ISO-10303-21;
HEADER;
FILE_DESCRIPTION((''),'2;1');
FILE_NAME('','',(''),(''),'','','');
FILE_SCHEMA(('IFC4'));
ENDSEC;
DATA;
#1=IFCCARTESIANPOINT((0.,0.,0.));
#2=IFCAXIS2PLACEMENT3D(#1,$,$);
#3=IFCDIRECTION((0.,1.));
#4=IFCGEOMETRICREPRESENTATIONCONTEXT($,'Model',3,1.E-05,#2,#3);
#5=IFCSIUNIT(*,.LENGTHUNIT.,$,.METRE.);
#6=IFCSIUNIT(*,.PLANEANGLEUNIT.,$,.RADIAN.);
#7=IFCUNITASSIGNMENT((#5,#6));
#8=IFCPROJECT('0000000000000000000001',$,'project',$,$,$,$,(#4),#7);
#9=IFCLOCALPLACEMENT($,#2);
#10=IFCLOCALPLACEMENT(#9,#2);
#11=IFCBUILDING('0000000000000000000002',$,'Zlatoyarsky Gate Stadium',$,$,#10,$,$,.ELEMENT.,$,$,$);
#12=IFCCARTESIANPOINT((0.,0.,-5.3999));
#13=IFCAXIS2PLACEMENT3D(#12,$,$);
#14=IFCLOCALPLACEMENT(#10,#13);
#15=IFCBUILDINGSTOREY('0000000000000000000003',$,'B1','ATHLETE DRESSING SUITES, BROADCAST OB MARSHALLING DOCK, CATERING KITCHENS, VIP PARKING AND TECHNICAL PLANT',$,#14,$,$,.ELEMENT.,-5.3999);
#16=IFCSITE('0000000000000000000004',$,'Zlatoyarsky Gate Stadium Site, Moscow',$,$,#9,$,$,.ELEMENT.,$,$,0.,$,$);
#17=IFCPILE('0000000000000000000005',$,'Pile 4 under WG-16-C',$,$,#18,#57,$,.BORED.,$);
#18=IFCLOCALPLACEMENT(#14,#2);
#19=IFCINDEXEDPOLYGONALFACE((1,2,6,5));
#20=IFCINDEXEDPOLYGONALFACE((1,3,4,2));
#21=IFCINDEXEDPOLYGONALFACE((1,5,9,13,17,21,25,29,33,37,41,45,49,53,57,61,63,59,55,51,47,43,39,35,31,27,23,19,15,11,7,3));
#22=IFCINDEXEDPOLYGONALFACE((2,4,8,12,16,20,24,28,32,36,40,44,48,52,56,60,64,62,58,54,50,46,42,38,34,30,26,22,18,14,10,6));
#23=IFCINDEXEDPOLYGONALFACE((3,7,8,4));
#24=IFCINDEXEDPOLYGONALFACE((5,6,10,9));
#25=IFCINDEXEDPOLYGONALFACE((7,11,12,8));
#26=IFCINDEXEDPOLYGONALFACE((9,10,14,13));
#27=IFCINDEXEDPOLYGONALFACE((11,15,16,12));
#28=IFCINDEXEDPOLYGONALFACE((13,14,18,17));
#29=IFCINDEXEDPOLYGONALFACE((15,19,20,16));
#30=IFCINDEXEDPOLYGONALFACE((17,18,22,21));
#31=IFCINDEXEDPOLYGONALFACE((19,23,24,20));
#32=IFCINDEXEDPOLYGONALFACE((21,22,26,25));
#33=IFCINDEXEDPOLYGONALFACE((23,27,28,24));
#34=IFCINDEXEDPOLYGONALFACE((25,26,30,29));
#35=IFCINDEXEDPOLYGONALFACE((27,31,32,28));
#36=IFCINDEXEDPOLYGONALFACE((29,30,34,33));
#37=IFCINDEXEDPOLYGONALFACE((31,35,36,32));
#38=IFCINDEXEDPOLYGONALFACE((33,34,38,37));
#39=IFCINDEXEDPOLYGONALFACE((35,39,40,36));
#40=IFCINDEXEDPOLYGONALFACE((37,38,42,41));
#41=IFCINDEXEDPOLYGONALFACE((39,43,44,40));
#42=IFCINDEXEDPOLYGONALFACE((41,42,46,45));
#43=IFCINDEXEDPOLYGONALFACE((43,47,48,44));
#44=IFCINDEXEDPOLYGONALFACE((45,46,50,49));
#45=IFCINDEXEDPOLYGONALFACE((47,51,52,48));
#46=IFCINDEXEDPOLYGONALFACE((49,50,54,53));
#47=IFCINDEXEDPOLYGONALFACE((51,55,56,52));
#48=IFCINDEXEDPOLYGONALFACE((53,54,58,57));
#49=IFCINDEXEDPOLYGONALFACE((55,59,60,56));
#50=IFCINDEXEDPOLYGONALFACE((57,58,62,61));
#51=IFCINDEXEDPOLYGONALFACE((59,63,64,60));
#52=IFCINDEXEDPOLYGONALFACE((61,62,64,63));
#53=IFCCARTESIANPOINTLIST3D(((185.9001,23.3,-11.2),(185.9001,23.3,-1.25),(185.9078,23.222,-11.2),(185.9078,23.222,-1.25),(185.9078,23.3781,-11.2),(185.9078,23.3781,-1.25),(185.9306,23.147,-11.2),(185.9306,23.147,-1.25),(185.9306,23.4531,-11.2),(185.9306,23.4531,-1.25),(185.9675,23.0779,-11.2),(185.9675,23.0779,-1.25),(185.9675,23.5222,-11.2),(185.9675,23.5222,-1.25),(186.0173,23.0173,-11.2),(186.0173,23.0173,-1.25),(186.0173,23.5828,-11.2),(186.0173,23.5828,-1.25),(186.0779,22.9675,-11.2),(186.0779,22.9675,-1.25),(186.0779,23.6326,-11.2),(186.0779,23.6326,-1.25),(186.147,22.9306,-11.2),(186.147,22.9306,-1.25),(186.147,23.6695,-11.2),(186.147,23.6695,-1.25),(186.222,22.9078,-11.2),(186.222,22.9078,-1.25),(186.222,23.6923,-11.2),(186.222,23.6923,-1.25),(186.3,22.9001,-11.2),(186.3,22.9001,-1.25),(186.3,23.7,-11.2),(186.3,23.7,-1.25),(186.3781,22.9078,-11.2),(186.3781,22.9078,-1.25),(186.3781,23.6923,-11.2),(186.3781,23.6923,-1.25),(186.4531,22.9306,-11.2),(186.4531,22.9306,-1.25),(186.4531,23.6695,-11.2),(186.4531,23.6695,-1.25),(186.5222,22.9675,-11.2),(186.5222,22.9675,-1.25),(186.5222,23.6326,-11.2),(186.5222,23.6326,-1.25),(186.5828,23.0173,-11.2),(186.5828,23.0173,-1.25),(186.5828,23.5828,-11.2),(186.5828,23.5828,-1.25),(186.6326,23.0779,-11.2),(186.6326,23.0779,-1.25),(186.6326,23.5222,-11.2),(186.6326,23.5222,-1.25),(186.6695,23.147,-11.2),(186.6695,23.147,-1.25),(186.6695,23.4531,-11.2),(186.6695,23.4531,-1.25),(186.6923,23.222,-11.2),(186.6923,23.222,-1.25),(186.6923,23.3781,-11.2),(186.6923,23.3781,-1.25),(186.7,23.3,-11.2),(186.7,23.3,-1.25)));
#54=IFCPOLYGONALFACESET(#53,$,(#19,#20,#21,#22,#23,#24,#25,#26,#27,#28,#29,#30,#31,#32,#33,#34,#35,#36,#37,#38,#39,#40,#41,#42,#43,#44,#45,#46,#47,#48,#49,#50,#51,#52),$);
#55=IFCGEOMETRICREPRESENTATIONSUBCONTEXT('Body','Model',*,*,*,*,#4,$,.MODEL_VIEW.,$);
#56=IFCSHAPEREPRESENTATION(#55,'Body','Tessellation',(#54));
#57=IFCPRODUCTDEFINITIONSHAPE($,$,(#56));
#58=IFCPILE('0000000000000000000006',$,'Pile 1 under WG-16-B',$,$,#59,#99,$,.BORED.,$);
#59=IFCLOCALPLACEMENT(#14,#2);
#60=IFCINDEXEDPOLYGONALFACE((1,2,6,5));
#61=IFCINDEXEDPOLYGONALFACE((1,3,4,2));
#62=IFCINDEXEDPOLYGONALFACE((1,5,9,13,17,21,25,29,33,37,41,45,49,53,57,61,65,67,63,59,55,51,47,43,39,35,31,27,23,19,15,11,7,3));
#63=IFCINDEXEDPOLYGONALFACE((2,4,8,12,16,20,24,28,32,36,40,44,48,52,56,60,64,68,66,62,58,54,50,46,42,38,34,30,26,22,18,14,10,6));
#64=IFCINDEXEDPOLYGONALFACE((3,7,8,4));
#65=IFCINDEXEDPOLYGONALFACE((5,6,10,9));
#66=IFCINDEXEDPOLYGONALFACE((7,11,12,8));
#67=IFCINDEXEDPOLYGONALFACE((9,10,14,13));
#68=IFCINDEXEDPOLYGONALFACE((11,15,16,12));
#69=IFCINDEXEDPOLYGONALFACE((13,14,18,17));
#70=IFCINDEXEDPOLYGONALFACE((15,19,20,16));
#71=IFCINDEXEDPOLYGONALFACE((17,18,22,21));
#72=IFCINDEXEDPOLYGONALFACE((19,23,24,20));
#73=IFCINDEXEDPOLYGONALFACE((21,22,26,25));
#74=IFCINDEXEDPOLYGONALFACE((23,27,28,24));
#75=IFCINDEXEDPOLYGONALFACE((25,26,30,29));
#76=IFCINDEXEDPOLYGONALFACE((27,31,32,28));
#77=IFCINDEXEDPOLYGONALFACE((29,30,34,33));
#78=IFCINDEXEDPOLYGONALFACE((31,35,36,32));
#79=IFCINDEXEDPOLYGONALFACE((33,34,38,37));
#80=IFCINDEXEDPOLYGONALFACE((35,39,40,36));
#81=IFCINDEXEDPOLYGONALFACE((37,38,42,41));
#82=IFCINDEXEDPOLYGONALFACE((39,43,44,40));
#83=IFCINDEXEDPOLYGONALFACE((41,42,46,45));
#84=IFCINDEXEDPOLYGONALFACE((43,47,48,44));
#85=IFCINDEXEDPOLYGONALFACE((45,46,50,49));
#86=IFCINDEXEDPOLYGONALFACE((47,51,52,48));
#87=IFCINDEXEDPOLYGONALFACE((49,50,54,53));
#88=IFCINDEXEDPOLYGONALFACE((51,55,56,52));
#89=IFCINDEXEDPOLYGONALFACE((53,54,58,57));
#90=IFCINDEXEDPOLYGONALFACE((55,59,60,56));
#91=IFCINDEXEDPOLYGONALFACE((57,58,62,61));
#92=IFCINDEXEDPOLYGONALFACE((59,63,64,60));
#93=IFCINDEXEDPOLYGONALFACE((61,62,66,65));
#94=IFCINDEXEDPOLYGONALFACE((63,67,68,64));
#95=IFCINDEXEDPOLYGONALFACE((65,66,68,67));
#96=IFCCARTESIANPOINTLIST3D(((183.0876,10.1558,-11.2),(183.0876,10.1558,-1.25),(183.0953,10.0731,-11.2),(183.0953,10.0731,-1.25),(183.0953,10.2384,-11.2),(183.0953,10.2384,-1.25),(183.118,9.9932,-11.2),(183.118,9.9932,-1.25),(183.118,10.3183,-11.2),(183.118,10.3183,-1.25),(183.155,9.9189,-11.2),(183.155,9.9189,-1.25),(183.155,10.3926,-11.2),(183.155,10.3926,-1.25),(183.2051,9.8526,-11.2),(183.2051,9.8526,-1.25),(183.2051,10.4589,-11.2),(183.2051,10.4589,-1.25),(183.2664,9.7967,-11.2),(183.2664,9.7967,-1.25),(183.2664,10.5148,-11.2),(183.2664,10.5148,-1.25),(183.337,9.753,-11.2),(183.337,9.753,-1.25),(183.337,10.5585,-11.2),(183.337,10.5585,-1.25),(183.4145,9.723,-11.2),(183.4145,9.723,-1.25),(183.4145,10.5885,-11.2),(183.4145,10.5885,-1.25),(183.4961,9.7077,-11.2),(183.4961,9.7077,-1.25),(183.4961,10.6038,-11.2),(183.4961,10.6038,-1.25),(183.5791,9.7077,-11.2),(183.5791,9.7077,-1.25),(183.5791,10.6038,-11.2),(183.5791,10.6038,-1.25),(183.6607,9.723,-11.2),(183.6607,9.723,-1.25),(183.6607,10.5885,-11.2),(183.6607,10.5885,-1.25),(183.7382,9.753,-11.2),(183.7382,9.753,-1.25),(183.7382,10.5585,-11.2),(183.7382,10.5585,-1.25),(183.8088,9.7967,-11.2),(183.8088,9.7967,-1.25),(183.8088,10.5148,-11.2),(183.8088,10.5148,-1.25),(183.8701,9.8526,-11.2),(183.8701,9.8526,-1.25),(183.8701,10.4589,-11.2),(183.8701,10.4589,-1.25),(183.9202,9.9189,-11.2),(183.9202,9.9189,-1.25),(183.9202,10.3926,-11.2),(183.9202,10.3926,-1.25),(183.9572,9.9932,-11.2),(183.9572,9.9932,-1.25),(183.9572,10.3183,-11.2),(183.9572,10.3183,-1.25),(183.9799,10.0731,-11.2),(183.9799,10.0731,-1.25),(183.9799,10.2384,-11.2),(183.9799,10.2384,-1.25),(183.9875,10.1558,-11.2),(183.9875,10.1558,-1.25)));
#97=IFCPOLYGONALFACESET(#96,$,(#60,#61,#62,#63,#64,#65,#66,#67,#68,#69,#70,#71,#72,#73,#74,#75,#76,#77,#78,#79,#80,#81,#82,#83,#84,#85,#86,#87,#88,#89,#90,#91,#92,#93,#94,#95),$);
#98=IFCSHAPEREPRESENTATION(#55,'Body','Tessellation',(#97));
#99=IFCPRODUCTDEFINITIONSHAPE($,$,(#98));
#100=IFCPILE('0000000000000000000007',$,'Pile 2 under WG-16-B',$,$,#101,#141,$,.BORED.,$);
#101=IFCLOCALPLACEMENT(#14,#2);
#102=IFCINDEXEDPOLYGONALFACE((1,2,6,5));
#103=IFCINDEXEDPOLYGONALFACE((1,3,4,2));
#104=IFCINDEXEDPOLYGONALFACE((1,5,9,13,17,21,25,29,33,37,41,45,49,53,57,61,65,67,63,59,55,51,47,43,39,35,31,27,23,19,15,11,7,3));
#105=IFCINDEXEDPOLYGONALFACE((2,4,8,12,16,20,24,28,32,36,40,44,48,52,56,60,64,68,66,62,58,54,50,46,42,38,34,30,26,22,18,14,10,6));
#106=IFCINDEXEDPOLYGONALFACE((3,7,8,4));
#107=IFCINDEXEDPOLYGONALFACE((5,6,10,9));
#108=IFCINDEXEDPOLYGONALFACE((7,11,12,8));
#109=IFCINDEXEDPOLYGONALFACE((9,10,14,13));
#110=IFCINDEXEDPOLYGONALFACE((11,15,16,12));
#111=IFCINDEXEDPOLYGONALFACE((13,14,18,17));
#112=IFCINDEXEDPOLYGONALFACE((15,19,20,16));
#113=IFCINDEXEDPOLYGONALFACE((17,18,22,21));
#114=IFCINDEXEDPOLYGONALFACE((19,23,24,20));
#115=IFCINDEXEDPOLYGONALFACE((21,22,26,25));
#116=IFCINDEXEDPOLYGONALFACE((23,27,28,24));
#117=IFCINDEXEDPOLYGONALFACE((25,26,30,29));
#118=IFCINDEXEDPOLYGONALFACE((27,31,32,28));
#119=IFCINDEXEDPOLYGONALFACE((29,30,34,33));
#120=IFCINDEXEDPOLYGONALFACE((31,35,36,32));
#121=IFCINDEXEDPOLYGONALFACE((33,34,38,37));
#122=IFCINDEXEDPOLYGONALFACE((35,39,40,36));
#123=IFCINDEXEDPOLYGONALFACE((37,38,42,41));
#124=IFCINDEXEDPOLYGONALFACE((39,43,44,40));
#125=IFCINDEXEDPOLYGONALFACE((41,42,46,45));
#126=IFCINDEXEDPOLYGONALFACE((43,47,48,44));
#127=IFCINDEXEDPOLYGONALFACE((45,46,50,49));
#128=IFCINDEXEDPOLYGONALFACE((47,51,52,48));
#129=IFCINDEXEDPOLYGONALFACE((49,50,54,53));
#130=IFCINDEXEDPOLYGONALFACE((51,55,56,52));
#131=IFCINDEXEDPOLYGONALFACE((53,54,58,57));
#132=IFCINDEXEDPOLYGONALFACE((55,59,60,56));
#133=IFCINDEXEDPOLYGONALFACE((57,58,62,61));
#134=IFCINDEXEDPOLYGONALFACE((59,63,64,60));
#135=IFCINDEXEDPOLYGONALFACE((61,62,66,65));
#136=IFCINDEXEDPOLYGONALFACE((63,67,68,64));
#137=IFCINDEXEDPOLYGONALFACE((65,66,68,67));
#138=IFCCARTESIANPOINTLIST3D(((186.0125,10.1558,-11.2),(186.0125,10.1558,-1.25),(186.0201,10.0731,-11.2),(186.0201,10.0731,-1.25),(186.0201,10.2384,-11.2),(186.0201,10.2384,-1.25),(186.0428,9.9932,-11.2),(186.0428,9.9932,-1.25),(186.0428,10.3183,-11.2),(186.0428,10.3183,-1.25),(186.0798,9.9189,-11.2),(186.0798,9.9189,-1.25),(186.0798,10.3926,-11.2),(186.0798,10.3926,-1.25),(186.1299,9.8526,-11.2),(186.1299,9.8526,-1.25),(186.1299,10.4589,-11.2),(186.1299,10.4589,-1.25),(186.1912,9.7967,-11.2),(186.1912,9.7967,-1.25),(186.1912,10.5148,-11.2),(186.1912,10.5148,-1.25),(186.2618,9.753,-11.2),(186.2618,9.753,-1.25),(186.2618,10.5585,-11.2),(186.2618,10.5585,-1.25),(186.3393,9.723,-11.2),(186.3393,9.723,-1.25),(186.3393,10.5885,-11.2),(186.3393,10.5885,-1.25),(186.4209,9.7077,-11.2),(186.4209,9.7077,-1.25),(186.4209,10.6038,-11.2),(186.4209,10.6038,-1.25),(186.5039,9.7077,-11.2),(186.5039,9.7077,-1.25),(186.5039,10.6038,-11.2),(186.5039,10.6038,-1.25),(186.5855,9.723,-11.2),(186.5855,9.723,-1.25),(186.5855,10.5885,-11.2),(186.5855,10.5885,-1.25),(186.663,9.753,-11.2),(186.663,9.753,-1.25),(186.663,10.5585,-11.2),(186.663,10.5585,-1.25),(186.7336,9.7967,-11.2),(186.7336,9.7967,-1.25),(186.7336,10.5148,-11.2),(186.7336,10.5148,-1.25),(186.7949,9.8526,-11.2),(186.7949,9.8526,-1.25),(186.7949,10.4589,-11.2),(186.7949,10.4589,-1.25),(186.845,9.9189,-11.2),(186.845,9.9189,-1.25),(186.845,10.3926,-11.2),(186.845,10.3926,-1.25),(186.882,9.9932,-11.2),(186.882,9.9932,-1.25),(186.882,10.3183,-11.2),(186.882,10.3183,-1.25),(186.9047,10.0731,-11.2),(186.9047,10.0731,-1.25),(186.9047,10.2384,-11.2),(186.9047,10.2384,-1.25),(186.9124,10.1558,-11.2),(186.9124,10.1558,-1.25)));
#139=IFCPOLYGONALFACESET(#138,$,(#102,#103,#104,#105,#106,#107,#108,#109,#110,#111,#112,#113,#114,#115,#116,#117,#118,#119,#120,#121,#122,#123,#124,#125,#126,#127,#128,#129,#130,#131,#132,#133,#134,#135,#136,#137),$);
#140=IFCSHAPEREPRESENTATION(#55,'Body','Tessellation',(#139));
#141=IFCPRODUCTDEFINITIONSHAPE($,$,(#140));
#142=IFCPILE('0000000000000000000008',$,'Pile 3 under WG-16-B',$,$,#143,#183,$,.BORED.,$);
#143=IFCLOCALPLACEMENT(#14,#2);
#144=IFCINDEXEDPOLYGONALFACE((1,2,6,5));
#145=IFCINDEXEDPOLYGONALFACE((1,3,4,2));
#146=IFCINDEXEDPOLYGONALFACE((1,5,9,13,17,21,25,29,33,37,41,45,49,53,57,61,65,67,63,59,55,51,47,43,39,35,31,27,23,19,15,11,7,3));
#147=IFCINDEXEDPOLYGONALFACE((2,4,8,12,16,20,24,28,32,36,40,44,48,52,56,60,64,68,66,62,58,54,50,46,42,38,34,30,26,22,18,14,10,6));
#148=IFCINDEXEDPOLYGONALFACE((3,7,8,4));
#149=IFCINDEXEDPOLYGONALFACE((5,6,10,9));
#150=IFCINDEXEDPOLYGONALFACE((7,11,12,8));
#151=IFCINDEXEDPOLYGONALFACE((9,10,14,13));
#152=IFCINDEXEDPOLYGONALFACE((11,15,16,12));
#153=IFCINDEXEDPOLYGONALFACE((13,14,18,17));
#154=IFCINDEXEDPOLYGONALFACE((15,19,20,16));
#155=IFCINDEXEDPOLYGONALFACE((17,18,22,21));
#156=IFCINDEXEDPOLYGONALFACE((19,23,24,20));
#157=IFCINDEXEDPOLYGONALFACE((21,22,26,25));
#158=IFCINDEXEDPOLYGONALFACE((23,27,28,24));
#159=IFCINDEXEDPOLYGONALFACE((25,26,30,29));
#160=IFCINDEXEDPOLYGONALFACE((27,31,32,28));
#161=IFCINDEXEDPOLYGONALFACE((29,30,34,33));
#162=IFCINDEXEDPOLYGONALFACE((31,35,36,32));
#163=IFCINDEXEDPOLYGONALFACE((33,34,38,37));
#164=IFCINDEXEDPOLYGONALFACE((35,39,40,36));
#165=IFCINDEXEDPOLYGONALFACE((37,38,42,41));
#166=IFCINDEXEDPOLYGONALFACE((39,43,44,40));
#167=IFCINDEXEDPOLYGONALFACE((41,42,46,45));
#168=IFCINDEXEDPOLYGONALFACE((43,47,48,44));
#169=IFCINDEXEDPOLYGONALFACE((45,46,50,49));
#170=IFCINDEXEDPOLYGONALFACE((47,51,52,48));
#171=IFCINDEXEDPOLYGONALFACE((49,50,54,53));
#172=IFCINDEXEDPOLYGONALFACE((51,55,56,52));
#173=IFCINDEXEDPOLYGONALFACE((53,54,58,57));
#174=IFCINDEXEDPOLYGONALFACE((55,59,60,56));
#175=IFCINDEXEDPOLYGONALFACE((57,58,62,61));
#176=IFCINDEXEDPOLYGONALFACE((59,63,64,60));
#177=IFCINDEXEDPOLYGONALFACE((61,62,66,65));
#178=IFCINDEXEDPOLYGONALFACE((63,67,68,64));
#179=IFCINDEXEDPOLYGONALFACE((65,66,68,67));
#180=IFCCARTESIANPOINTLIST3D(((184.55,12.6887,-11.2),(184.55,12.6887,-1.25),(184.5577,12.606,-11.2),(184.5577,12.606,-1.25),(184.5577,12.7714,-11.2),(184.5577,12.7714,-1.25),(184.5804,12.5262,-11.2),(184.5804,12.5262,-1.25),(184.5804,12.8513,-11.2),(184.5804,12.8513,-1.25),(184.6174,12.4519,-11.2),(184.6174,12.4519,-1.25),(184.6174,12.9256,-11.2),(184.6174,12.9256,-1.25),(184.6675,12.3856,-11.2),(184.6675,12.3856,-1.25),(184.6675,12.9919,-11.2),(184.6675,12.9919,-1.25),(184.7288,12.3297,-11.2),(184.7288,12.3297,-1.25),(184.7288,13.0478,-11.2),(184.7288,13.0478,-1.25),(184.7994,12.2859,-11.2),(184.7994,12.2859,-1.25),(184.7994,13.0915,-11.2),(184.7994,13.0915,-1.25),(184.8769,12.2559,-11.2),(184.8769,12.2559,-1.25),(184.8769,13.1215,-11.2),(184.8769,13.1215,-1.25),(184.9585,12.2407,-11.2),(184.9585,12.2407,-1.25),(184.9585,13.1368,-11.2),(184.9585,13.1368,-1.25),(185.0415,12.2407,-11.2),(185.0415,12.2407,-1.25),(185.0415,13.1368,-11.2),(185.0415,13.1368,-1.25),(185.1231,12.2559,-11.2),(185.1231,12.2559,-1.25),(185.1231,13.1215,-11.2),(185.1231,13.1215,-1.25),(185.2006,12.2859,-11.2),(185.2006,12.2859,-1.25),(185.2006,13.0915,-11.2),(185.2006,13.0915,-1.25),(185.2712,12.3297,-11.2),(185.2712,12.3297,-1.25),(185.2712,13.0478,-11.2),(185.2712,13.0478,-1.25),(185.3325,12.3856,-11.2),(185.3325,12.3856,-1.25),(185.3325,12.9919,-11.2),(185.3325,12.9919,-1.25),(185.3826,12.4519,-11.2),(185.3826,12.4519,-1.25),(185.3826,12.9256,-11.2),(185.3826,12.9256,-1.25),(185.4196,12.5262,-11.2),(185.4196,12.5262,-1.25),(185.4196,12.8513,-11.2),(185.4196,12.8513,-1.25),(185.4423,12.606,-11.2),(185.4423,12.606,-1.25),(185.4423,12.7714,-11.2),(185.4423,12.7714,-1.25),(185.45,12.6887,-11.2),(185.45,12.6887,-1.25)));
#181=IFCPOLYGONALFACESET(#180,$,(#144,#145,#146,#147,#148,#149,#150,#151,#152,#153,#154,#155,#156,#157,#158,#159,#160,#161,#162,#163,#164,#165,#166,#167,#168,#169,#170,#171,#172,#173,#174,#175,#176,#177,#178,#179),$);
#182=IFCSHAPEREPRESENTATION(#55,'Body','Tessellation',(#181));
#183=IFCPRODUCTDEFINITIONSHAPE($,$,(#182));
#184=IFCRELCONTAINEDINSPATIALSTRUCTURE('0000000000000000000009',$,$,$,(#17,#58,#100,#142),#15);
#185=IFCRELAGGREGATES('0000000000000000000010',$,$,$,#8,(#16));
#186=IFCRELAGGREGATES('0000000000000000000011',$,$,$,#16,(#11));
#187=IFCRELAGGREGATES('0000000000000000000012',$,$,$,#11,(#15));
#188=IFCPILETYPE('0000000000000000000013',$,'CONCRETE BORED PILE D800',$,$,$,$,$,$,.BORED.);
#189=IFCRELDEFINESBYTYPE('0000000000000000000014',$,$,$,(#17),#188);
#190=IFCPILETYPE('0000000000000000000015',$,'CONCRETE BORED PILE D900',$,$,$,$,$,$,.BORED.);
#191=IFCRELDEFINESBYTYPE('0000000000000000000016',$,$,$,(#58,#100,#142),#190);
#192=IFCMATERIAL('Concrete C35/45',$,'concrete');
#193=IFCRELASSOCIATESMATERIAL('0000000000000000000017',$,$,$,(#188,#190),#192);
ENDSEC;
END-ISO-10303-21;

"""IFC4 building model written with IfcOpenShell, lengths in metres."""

from ifc_helpers import new_model, si_unit, direction, frame, origin, origin_2d, place, context, subcontext, project, spatial, circle, extrude, material, material_profile, profile_set, type_object, element, save


model = new_model("IFC4")

# Units and contexts
model_context = context("Model", 3, precision=1e-05, world=origin(), true_north=direction((0.0, 1.0)))
body_context = subcontext(model_context, "Body", "Model", "MODEL_VIEW")
ifc_project = project(units=[si_unit("LENGTHUNIT", "METRE"), si_unit("PLANEANGLEUNIT", "RADIAN")], contexts=[model_context])

# Site, building, storey
site_placement = place(None, origin())
site = spatial("IfcSite", under=ifc_project, at=site_placement, Name="Zlatoyarsky Gate Stadium Site, Moscow", CompositionType="ELEMENT", RefElevation=0.0)
building_placement = place(site_placement, origin())
building = spatial("IfcBuilding", under=site, at=building_placement, Name="Zlatoyarsky Gate Stadium", CompositionType="ELEMENT")
storey_placement = place(building_placement, frame((0.0, 0.0, -5.3999)))
storey = spatial("IfcBuildingStorey", under=building, at=storey_placement, Name="B1", Description="ATHLETE DRESSING SUITES, BROADCAST OB MARSHALLING DOCK, CATERING KITCHENS, VIP PARKING AND TECHNICAL PLANT", CompositionType="ELEMENT", Elevation=-5.3999)

# Piles
ifc_material_1 = material(Name="Concrete C35/45", Category="concrete")
ifc_material_profile_1 = material_profile(ifc_material_1, circle(Radius=0.3999, at=origin_2d()), Name="BORED PILE D800")
ifc_profile_set_1 = profile_set([ifc_material_profile_1], Name="Concrete C35/45")
pile_type_1 = type_object("IfcPileType", Name="CONCRETE BORED PILE D800", PredefinedType="BORED", material=ifc_profile_set_1)
for number, where, z_axis, x_axis, name in (
    (1, (186.3, 23.3, -1.25), (0.0, 0.0, -1.0), (1.0, 0.0, 0.0), "Pile 4 under WG-16-C"),
):
    element("IfcPile", number, at=place(storey_placement, frame(where, z_axis=z_axis, x_axis=x_axis)), inside=storey, type_object=pile_type_1, Name=name, PredefinedType="BORED", context=body_context, shape_type="SweptSolid", body=[
        extrude(circle(Radius=0.3999, at=origin_2d()), origin(), (0.0, 0.0, 1.0), 9.95),
    ])
ifc_material_profile_2 = material_profile(ifc_material_1, circle(Radius=0.45, at=origin_2d()), Name="BORED PILE D900")
ifc_profile_set_2 = profile_set([ifc_material_profile_2], Name="Concrete C35/45")
pile_type_2 = type_object("IfcPileType", Name="CONCRETE BORED PILE D900", PredefinedType="BORED", material=ifc_profile_set_2)
for number, where, z_axis, x_axis, name in (
    (2, (183.5376, 10.1558, -1.25), (0.0, 0.0, -1.0), (1.0, 0.0, 0.0), "Pile 1 under WG-16-B"),
    (3, (186.4624, 10.1558, -1.25), (0.0, 0.0, -1.0), (1.0, 0.0, 0.0), "Pile 2 under WG-16-B"),
    (4, (185.0, 12.6887, -1.25), (0.0, 0.0, -1.0), (1.0, 0.0, 0.0), "Pile 3 under WG-16-B"),
):
    element("IfcPile", number, at=place(storey_placement, frame(where, z_axis=z_axis, x_axis=x_axis)), inside=storey, type_object=pile_type_2, Name=name, PredefinedType="BORED", context=body_context, shape_type="SweptSolid", body=[
        extrude(circle(Radius=0.45, at=origin_2d()), origin(), (0.0, 0.0, 1.0), 9.95),
    ])

save(model, "model.ifc")
